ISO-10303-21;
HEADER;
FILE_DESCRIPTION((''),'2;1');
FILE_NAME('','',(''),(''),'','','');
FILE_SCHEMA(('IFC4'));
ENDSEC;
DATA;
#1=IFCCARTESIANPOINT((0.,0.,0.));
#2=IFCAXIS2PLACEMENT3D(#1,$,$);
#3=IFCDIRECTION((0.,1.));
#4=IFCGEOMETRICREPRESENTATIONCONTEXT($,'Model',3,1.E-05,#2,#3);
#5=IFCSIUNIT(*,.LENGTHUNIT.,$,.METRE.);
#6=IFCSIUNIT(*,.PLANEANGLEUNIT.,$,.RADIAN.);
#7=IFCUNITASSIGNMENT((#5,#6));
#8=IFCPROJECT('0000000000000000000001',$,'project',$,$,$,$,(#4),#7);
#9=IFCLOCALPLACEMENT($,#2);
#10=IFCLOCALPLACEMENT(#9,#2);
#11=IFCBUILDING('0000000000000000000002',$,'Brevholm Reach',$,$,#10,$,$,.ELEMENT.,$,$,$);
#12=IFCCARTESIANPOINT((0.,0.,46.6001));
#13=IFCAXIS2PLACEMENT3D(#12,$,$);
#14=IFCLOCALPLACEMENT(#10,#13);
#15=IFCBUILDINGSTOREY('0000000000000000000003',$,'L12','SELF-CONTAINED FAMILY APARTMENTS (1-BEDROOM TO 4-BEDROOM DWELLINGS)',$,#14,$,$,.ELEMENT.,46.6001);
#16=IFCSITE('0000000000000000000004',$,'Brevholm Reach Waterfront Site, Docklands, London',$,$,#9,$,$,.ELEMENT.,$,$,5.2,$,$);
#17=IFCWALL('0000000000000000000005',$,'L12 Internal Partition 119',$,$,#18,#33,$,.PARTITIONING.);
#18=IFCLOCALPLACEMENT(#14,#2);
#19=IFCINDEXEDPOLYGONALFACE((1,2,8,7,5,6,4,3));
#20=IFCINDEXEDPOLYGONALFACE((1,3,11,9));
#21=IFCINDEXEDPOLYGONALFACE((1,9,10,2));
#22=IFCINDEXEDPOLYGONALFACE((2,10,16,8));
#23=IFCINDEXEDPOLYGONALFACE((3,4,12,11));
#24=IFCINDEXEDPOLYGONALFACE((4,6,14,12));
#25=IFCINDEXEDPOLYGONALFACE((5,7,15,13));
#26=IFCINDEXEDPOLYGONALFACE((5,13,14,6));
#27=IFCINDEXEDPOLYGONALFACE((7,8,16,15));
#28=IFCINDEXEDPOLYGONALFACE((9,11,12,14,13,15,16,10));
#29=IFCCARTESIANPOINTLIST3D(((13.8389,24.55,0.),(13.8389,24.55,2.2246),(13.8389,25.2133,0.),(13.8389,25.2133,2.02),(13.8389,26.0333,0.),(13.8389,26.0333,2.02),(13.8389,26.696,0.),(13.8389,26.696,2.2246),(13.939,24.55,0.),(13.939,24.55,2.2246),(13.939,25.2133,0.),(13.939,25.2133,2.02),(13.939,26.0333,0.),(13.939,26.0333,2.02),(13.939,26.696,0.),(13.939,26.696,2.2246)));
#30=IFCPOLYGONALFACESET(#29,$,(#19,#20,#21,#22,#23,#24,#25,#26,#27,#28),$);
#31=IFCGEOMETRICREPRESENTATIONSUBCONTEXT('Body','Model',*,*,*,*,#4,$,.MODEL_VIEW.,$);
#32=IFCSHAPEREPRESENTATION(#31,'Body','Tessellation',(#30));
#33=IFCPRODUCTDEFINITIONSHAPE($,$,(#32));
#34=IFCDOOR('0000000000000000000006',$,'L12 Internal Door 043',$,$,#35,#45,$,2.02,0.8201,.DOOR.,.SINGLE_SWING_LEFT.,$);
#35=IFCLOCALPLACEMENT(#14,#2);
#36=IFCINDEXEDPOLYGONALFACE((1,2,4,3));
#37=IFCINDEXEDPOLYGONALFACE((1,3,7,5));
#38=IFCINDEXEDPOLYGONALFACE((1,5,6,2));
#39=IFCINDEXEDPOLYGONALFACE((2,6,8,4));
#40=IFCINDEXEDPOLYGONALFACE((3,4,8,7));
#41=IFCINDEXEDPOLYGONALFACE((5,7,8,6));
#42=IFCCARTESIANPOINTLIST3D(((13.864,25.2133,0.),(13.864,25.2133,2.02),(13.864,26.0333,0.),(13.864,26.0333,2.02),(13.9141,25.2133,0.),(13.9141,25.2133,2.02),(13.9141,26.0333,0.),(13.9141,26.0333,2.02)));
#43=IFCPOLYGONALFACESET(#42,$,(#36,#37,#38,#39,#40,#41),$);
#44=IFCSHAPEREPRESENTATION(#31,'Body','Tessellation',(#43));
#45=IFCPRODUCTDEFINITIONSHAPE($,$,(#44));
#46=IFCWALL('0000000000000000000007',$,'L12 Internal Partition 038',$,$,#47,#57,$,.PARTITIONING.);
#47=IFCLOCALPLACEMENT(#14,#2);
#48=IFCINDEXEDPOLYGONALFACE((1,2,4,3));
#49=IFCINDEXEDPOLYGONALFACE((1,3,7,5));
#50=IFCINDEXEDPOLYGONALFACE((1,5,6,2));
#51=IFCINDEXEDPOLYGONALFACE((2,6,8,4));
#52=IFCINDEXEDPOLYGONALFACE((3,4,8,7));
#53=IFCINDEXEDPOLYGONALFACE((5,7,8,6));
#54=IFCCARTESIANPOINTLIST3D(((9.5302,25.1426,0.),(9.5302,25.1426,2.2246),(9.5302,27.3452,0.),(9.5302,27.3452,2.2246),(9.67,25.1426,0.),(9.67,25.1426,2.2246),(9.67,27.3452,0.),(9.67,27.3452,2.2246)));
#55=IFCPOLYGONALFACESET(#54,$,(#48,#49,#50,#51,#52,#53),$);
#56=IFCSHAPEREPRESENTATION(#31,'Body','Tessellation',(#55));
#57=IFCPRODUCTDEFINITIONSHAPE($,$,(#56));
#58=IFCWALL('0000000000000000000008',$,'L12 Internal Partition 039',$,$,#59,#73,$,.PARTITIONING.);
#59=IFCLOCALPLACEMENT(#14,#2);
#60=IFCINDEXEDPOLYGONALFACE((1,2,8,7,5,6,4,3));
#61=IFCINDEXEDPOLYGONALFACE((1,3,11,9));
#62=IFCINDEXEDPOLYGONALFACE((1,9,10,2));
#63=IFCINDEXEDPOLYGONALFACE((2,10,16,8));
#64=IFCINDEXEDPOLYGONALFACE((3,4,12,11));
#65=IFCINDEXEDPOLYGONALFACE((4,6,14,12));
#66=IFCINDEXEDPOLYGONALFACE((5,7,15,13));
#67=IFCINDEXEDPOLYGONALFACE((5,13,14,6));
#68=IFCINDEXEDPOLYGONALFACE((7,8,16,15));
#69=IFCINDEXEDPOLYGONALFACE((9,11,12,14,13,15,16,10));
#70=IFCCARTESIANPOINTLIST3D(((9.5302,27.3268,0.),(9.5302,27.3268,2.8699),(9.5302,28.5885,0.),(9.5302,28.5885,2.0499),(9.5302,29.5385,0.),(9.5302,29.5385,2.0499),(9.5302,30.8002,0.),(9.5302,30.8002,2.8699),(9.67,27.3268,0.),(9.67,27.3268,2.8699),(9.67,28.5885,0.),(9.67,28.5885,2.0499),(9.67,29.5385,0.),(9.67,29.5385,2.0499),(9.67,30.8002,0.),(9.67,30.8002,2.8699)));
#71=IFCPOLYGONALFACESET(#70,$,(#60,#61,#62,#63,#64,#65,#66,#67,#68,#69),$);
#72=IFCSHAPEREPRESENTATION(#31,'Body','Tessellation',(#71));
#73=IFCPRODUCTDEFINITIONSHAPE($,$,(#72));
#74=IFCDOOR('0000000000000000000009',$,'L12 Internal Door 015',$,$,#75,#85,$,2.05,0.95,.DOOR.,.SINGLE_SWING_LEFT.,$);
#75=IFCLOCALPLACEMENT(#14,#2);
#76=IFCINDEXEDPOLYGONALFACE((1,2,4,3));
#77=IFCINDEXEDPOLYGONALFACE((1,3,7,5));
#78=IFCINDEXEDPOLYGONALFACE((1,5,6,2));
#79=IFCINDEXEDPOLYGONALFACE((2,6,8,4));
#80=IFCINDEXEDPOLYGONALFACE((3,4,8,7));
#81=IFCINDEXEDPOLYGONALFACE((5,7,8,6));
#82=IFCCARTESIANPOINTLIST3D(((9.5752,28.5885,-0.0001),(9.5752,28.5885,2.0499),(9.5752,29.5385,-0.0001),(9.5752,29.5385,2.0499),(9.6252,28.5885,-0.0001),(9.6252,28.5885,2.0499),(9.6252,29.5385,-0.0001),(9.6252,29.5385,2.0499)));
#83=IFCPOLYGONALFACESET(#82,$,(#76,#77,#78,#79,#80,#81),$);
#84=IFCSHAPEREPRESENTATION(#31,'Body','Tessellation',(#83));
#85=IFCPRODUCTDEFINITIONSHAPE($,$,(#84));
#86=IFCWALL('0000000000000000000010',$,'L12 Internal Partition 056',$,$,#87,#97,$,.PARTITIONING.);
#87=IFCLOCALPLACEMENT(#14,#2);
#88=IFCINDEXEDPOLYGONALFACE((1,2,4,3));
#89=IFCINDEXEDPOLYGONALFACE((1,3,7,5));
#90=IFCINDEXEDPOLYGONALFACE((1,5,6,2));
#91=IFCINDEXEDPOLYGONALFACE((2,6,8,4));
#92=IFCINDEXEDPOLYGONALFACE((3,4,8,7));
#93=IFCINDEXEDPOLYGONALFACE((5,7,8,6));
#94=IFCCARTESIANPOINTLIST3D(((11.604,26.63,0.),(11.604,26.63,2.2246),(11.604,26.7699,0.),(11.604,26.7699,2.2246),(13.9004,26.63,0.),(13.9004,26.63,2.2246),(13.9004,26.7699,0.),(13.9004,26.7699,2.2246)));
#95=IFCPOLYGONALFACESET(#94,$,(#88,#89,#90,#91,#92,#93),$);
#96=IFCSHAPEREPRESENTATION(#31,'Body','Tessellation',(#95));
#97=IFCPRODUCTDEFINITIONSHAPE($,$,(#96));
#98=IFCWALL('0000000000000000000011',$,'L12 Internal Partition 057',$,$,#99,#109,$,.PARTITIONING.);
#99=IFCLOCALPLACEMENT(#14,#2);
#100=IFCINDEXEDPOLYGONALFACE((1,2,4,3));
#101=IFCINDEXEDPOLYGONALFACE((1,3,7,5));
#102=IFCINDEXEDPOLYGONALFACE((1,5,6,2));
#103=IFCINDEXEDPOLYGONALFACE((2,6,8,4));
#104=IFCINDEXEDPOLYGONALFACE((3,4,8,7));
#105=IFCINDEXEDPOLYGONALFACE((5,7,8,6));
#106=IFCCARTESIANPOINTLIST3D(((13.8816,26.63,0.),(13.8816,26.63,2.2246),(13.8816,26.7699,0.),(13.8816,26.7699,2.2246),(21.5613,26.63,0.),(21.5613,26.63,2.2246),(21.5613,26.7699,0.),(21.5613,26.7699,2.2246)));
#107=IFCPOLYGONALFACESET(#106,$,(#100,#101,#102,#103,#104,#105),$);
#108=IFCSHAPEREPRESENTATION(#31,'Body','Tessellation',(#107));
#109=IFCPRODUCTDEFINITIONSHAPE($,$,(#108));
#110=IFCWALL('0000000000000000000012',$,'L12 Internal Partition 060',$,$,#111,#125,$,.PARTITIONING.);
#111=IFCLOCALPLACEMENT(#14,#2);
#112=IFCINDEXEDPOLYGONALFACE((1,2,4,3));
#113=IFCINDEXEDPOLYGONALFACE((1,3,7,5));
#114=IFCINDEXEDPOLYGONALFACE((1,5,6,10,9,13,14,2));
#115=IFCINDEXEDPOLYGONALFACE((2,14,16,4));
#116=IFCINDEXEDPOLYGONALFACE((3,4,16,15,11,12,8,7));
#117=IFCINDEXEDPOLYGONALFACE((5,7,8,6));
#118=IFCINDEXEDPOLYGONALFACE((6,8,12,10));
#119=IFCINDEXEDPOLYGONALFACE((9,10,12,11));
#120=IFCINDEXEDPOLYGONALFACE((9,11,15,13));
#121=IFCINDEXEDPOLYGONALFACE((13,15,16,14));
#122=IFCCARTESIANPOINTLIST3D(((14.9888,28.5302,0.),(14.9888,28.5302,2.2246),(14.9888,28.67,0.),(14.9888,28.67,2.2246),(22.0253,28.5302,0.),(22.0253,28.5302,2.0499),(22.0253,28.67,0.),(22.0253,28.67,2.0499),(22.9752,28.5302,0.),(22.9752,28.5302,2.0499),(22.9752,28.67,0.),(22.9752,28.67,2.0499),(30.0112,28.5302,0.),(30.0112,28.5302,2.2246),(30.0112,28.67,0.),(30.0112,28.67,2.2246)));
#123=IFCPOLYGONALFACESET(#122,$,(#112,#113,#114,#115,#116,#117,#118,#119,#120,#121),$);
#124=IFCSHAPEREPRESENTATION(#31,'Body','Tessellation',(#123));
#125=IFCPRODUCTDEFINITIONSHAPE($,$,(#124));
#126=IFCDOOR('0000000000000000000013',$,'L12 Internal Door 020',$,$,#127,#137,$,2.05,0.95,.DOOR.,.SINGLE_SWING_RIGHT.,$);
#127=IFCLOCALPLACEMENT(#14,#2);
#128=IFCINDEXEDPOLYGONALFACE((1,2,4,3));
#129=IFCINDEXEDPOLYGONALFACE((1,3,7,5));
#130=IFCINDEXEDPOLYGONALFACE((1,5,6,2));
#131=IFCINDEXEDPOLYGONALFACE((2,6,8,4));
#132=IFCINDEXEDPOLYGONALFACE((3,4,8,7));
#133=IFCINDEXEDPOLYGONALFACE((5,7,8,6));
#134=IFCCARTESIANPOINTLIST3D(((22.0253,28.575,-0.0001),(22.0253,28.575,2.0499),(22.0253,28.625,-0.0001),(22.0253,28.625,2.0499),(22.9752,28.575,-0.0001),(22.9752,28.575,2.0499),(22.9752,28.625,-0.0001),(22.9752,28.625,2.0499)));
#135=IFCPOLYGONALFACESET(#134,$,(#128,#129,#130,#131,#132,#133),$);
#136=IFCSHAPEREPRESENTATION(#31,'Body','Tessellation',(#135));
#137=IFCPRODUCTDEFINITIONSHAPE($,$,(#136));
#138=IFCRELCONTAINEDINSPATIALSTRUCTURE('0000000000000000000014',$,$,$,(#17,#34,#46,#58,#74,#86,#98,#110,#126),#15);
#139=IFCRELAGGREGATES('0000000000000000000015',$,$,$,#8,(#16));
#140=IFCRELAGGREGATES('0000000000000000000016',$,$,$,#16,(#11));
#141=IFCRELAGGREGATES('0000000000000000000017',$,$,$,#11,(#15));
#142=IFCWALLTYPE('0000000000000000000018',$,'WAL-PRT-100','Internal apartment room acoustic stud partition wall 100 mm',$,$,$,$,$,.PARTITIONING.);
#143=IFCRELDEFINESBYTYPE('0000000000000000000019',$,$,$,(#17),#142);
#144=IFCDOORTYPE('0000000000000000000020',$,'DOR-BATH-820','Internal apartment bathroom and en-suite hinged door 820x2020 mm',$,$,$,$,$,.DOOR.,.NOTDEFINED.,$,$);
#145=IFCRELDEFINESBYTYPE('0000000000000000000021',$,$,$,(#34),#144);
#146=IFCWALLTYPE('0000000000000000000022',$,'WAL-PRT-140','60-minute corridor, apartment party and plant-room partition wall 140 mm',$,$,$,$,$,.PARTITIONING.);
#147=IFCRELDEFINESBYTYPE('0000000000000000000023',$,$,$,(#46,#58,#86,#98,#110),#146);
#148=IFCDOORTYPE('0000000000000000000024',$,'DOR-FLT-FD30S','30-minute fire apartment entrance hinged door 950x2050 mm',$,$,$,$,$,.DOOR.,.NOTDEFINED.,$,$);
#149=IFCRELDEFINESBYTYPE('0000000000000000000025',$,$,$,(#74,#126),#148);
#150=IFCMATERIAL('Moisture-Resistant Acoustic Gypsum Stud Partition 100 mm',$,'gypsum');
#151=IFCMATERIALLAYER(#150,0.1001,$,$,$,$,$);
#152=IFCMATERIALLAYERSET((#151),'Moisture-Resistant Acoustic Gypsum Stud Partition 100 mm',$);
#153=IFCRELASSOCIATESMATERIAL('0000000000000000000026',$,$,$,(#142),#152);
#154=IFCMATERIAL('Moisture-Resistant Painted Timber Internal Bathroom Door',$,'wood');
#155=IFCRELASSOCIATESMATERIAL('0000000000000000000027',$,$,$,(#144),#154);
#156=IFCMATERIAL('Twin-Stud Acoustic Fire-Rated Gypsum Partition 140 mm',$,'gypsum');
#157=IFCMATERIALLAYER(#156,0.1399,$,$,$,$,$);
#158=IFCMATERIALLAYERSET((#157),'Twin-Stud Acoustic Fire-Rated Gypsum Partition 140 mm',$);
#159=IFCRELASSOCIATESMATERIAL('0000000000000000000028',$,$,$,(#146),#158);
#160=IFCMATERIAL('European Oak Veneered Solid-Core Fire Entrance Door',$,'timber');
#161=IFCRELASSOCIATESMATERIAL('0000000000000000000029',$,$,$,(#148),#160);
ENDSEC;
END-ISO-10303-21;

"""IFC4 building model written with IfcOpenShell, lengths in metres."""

from ifc_helpers import new_model, si_unit, direction, frame, frame_2d, origin, place, context, subcontext, project, spatial, rectangle, extrude, material, layer, layer_set, type_object, element, fill, save


model = new_model("IFC4")

# Units and contexts
model_context = context("Model", 3, precision=1e-05, world=origin(), true_north=direction((0.0, 1.0)))
body_context = subcontext(model_context, "Body", "Model", "MODEL_VIEW")
ifc_project = project(units=[si_unit("LENGTHUNIT", "METRE"), si_unit("PLANEANGLEUNIT", "RADIAN")], contexts=[model_context])

# Site, building, storey
site_placement = place(None, origin())
site = spatial("IfcSite", under=ifc_project, at=site_placement, Name="Brevholm Reach Waterfront Site, Docklands, London", CompositionType="ELEMENT", RefElevation=5.2)
building_placement = place(site_placement, origin())
building = spatial("IfcBuilding", under=site, at=building_placement, Name="Brevholm Reach", CompositionType="ELEMENT")
storey_placement = place(building_placement, frame((0.0, 0.0, 46.6001)))
storey = spatial("IfcBuildingStorey", under=building, at=storey_placement, Name="L12", Description="SELF-CONTAINED FAMILY APARTMENTS (1-BEDROOM TO 4-BEDROOM DWELLINGS)", CompositionType="ELEMENT", Elevation=46.6001)

# Shared definitions
ifc_material_1 = material(Name="Moisture-Resistant Acoustic Gypsum Stud Partition 100 mm", Category="gypsum")
ifc_layer_1 = layer(ifc_material_1, 0.1001)
ifc_layer_set_1 = layer_set([ifc_layer_1], Name="Moisture-Resistant Acoustic Gypsum Stud Partition 100 mm")
wall_type_1 = type_object("IfcWallType", Name="WAL-PRT-100", Description="Internal apartment room acoustic stud partition wall 100 mm", PredefinedType="PARTITIONING", material=ifc_layer_set_1)

# Wall, opening, door
wall_1_placement = place(storey_placement, frame((13.8889, 24.55, 0.0), z_axis=(0.0, 0.0, 1.0), x_axis=(0.0, 1.0, 0.0)))
wall_1 = element("IfcWall", 1, at=wall_1_placement, inside=storey, type_object=wall_type_1, Name="L12 Internal Partition 119", PredefinedType="PARTITIONING", context=body_context, shape_type="SweptSolid", body=[
    extrude(rectangle(XDim=2.146, YDim=0.1001, at=frame_2d((1.073, 0.0))), origin(), (0.0, 0.0, 1.0), 2.2246),
])
opening_1_placement = place(wall_1_placement, frame((0.6631, 0.0, 0.0)))
opening_1 = element("IfcOpeningElement", 2, at=opening_1_placement, cuts=wall_1, PredefinedType="OPENING", context=body_context, shape_type="SweptSolid", body=[
    extrude(rectangle(XDim=0.8201, YDim=2.02, at=frame_2d((0.4102, 1.01))), frame((0.0, 0.0601, 0.0), z_axis=(0.0, -1.0, 0.0), x_axis=(1.0, 0.0, 0.0)), (0.0, 0.0, 1.0), 0.1201),
])
ifc_material_2 = material(Name="Moisture-Resistant Painted Timber Internal Bathroom Door", Category="wood")
door_type_1 = type_object("IfcDoorType", Name="DOR-BATH-820", Description="Internal apartment bathroom and en-suite hinged door 820x2020 mm", OperationType="NOTDEFINED", PredefinedType="DOOR", material=ifc_material_2)
door_1_placement = place(opening_1_placement, origin())
door_1 = element("IfcDoor", 3, at=door_1_placement, inside=storey, type_object=door_type_1, Name="L12 Internal Door 043", OperationType="SINGLE_SWING_LEFT", OverallHeight=2.02, OverallWidth=0.8201, PredefinedType="DOOR", context=body_context, shape_type="SweptSolid", body=[
    extrude(rectangle(XDim=0.8201, YDim=2.02, at=frame_2d((0.4102, 1.01))), frame((0.0, 0.0249, 0.0), z_axis=(0.0, -1.0, 0.0), x_axis=(1.0, 0.0, 0.0)), (0.0, 0.0, 1.0), 0.05),
])
fill(opening_1, door_1)

# Wall
ifc_material_3 = material(Name="Twin-Stud Acoustic Fire-Rated Gypsum Partition 140 mm", Category="gypsum")
ifc_layer_2 = layer(ifc_material_3, 0.1399)
ifc_layer_set_2 = layer_set([ifc_layer_2], Name="Twin-Stud Acoustic Fire-Rated Gypsum Partition 140 mm")
wall_type_2 = type_object("IfcWallType", Name="WAL-PRT-140", Description="60-minute corridor, apartment party and plant-room partition wall 140 mm", PredefinedType="PARTITIONING", material=ifc_layer_set_2)
wall_2_placement = place(storey_placement, frame((9.6001, 25.1426, 0.0), z_axis=(0.0, 0.0, 1.0), x_axis=(0.0, 1.0, 0.0)))
element("IfcWall", 4, at=wall_2_placement, inside=storey, type_object=wall_type_2, Name="L12 Internal Partition 038", PredefinedType="PARTITIONING", context=body_context, shape_type="SweptSolid", body=[
    extrude(rectangle(XDim=2.2026, YDim=0.1399, at=frame_2d((1.1013, 0.0))), origin(), (0.0, 0.0, 1.0), 2.2246),
])

# Wall, opening, door
wall_3_placement = place(storey_placement, frame((9.6001, 27.3267, 0.0), z_axis=(0.0, 0.0, 1.0), x_axis=(0.0, 1.0, 0.0)))
wall_3 = element("IfcWall", 5, at=wall_3_placement, inside=storey, type_object=wall_type_2, Name="L12 Internal Partition 039", PredefinedType="PARTITIONING", context=body_context, shape_type="SweptSolid", body=[
    extrude(rectangle(XDim=3.4734, YDim=0.1399, at=frame_2d((1.7368, 0.0))), origin(), (0.0, 0.0, 1.0), 2.8699),
])
opening_2_placement = place(wall_3_placement, frame((1.2617, 0.0, 0.0)))
opening_2 = element("IfcOpeningElement", 6, at=opening_2_placement, cuts=wall_3, PredefinedType="OPENING", context=body_context, shape_type="SweptSolid", body=[
    extrude(rectangle(XDim=0.95, YDim=2.05, at=frame_2d((0.4751, 1.0249))), frame((0.0, 0.0798, 0.0), z_axis=(0.0, -1.0, 0.0), x_axis=(1.0, 0.0, 0.0)), (0.0, 0.0, 1.0), 0.1599),
])
ifc_material_4 = material(Name="European Oak Veneered Solid-Core Fire Entrance Door", Category="timber")
door_type_2 = type_object("IfcDoorType", Name="DOR-FLT-FD30S", Description="30-minute fire apartment entrance hinged door 950x2050 mm", OperationType="NOTDEFINED", PredefinedType="DOOR", material=ifc_material_4)
door_2_placement = place(opening_2_placement, origin())
door_2 = element("IfcDoor", 7, at=door_2_placement, inside=storey, type_object=door_type_2, Name="L12 Internal Door 015", OperationType="SINGLE_SWING_LEFT", OverallHeight=2.05, OverallWidth=0.95, PredefinedType="DOOR", context=body_context, shape_type="SweptSolid", body=[
    extrude(rectangle(XDim=0.95, YDim=2.05, at=frame_2d((0.4751, 1.0249))), frame((0.0, 0.0249, 0.0), z_axis=(0.0, -1.0, 0.0), x_axis=(1.0, 0.0, 0.0)), (0.0, 0.0, 1.0), 0.05),
])
fill(opening_2, door_2)

# Walls
wall_4_placement = place(storey_placement, frame((11.604, 26.7, 0.0), z_axis=(0.0, 0.0, 1.0), x_axis=(1.0, 0.0, 0.0)))
element("IfcWall", 8, at=wall_4_placement, inside=storey, type_object=wall_type_2, Name="L12 Internal Partition 056", PredefinedType="PARTITIONING", context=body_context, shape_type="SweptSolid", body=[
    extrude(rectangle(XDim=2.2964, YDim=0.1399, at=frame_2d((1.1482, 0.0))), origin(), (0.0, 0.0, 1.0), 2.2246),
])
wall_5_placement = place(storey_placement, frame((13.8816, 26.7, 0.0), z_axis=(0.0, 0.0, 1.0), x_axis=(1.0, 0.0, 0.0)))
element("IfcWall", 9, at=wall_5_placement, inside=storey, type_object=wall_type_2, Name="L12 Internal Partition 057", PredefinedType="PARTITIONING", context=body_context, shape_type="SweptSolid", body=[
    extrude(rectangle(XDim=7.6797, YDim=0.1399, at=frame_2d((3.8398, 0.0))), origin(), (0.0, 0.0, 1.0), 2.2246),
])

# Wall, opening, door
wall_6_placement = place(storey_placement, frame((14.9888, 28.6001, 0.0), z_axis=(0.0, 0.0, 1.0), x_axis=(1.0, 0.0, 0.0)))
wall_6 = element("IfcWall", 10, at=wall_6_placement, inside=storey, type_object=wall_type_2, Name="L12 Internal Partition 060", PredefinedType="PARTITIONING", context=body_context, shape_type="SweptSolid", body=[
    extrude(rectangle(XDim=15.0225, YDim=0.1399, at=frame_2d((7.5112, 0.0))), origin(), (0.0, 0.0, 1.0), 2.2246),
])
opening_3_placement = place(wall_6_placement, frame((7.0364, 0.0, 0.0)))
opening_3 = element("IfcOpeningElement", 11, at=opening_3_placement, cuts=wall_6, PredefinedType="OPENING", context=body_context, shape_type="SweptSolid", body=[
    extrude(rectangle(XDim=0.95, YDim=2.05, at=frame_2d((0.4751, 1.0249))), frame((0.0, 0.0798, 0.0), z_axis=(0.0, -1.0, 0.0), x_axis=(1.0, 0.0, 0.0)), (0.0, 0.0, 1.0), 0.1599),
])
door_3_placement = place(opening_3_placement, origin())
door_3 = element("IfcDoor", 12, at=door_3_placement, inside=storey, type_object=door_type_2, Name="L12 Internal Door 020", OperationType="SINGLE_SWING_RIGHT", OverallHeight=2.05, OverallWidth=0.95, PredefinedType="DOOR", context=body_context, shape_type="SweptSolid", body=[
    extrude(rectangle(XDim=0.95, YDim=2.05, at=frame_2d((0.4751, 1.0249))), frame((0.0, 0.0249, 0.0), z_axis=(0.0, -1.0, 0.0), x_axis=(1.0, 0.0, 0.0)), (0.0, 0.0, 1.0), 0.05),
])
fill(opening_3, door_3)

save(model, "model.ifc")
